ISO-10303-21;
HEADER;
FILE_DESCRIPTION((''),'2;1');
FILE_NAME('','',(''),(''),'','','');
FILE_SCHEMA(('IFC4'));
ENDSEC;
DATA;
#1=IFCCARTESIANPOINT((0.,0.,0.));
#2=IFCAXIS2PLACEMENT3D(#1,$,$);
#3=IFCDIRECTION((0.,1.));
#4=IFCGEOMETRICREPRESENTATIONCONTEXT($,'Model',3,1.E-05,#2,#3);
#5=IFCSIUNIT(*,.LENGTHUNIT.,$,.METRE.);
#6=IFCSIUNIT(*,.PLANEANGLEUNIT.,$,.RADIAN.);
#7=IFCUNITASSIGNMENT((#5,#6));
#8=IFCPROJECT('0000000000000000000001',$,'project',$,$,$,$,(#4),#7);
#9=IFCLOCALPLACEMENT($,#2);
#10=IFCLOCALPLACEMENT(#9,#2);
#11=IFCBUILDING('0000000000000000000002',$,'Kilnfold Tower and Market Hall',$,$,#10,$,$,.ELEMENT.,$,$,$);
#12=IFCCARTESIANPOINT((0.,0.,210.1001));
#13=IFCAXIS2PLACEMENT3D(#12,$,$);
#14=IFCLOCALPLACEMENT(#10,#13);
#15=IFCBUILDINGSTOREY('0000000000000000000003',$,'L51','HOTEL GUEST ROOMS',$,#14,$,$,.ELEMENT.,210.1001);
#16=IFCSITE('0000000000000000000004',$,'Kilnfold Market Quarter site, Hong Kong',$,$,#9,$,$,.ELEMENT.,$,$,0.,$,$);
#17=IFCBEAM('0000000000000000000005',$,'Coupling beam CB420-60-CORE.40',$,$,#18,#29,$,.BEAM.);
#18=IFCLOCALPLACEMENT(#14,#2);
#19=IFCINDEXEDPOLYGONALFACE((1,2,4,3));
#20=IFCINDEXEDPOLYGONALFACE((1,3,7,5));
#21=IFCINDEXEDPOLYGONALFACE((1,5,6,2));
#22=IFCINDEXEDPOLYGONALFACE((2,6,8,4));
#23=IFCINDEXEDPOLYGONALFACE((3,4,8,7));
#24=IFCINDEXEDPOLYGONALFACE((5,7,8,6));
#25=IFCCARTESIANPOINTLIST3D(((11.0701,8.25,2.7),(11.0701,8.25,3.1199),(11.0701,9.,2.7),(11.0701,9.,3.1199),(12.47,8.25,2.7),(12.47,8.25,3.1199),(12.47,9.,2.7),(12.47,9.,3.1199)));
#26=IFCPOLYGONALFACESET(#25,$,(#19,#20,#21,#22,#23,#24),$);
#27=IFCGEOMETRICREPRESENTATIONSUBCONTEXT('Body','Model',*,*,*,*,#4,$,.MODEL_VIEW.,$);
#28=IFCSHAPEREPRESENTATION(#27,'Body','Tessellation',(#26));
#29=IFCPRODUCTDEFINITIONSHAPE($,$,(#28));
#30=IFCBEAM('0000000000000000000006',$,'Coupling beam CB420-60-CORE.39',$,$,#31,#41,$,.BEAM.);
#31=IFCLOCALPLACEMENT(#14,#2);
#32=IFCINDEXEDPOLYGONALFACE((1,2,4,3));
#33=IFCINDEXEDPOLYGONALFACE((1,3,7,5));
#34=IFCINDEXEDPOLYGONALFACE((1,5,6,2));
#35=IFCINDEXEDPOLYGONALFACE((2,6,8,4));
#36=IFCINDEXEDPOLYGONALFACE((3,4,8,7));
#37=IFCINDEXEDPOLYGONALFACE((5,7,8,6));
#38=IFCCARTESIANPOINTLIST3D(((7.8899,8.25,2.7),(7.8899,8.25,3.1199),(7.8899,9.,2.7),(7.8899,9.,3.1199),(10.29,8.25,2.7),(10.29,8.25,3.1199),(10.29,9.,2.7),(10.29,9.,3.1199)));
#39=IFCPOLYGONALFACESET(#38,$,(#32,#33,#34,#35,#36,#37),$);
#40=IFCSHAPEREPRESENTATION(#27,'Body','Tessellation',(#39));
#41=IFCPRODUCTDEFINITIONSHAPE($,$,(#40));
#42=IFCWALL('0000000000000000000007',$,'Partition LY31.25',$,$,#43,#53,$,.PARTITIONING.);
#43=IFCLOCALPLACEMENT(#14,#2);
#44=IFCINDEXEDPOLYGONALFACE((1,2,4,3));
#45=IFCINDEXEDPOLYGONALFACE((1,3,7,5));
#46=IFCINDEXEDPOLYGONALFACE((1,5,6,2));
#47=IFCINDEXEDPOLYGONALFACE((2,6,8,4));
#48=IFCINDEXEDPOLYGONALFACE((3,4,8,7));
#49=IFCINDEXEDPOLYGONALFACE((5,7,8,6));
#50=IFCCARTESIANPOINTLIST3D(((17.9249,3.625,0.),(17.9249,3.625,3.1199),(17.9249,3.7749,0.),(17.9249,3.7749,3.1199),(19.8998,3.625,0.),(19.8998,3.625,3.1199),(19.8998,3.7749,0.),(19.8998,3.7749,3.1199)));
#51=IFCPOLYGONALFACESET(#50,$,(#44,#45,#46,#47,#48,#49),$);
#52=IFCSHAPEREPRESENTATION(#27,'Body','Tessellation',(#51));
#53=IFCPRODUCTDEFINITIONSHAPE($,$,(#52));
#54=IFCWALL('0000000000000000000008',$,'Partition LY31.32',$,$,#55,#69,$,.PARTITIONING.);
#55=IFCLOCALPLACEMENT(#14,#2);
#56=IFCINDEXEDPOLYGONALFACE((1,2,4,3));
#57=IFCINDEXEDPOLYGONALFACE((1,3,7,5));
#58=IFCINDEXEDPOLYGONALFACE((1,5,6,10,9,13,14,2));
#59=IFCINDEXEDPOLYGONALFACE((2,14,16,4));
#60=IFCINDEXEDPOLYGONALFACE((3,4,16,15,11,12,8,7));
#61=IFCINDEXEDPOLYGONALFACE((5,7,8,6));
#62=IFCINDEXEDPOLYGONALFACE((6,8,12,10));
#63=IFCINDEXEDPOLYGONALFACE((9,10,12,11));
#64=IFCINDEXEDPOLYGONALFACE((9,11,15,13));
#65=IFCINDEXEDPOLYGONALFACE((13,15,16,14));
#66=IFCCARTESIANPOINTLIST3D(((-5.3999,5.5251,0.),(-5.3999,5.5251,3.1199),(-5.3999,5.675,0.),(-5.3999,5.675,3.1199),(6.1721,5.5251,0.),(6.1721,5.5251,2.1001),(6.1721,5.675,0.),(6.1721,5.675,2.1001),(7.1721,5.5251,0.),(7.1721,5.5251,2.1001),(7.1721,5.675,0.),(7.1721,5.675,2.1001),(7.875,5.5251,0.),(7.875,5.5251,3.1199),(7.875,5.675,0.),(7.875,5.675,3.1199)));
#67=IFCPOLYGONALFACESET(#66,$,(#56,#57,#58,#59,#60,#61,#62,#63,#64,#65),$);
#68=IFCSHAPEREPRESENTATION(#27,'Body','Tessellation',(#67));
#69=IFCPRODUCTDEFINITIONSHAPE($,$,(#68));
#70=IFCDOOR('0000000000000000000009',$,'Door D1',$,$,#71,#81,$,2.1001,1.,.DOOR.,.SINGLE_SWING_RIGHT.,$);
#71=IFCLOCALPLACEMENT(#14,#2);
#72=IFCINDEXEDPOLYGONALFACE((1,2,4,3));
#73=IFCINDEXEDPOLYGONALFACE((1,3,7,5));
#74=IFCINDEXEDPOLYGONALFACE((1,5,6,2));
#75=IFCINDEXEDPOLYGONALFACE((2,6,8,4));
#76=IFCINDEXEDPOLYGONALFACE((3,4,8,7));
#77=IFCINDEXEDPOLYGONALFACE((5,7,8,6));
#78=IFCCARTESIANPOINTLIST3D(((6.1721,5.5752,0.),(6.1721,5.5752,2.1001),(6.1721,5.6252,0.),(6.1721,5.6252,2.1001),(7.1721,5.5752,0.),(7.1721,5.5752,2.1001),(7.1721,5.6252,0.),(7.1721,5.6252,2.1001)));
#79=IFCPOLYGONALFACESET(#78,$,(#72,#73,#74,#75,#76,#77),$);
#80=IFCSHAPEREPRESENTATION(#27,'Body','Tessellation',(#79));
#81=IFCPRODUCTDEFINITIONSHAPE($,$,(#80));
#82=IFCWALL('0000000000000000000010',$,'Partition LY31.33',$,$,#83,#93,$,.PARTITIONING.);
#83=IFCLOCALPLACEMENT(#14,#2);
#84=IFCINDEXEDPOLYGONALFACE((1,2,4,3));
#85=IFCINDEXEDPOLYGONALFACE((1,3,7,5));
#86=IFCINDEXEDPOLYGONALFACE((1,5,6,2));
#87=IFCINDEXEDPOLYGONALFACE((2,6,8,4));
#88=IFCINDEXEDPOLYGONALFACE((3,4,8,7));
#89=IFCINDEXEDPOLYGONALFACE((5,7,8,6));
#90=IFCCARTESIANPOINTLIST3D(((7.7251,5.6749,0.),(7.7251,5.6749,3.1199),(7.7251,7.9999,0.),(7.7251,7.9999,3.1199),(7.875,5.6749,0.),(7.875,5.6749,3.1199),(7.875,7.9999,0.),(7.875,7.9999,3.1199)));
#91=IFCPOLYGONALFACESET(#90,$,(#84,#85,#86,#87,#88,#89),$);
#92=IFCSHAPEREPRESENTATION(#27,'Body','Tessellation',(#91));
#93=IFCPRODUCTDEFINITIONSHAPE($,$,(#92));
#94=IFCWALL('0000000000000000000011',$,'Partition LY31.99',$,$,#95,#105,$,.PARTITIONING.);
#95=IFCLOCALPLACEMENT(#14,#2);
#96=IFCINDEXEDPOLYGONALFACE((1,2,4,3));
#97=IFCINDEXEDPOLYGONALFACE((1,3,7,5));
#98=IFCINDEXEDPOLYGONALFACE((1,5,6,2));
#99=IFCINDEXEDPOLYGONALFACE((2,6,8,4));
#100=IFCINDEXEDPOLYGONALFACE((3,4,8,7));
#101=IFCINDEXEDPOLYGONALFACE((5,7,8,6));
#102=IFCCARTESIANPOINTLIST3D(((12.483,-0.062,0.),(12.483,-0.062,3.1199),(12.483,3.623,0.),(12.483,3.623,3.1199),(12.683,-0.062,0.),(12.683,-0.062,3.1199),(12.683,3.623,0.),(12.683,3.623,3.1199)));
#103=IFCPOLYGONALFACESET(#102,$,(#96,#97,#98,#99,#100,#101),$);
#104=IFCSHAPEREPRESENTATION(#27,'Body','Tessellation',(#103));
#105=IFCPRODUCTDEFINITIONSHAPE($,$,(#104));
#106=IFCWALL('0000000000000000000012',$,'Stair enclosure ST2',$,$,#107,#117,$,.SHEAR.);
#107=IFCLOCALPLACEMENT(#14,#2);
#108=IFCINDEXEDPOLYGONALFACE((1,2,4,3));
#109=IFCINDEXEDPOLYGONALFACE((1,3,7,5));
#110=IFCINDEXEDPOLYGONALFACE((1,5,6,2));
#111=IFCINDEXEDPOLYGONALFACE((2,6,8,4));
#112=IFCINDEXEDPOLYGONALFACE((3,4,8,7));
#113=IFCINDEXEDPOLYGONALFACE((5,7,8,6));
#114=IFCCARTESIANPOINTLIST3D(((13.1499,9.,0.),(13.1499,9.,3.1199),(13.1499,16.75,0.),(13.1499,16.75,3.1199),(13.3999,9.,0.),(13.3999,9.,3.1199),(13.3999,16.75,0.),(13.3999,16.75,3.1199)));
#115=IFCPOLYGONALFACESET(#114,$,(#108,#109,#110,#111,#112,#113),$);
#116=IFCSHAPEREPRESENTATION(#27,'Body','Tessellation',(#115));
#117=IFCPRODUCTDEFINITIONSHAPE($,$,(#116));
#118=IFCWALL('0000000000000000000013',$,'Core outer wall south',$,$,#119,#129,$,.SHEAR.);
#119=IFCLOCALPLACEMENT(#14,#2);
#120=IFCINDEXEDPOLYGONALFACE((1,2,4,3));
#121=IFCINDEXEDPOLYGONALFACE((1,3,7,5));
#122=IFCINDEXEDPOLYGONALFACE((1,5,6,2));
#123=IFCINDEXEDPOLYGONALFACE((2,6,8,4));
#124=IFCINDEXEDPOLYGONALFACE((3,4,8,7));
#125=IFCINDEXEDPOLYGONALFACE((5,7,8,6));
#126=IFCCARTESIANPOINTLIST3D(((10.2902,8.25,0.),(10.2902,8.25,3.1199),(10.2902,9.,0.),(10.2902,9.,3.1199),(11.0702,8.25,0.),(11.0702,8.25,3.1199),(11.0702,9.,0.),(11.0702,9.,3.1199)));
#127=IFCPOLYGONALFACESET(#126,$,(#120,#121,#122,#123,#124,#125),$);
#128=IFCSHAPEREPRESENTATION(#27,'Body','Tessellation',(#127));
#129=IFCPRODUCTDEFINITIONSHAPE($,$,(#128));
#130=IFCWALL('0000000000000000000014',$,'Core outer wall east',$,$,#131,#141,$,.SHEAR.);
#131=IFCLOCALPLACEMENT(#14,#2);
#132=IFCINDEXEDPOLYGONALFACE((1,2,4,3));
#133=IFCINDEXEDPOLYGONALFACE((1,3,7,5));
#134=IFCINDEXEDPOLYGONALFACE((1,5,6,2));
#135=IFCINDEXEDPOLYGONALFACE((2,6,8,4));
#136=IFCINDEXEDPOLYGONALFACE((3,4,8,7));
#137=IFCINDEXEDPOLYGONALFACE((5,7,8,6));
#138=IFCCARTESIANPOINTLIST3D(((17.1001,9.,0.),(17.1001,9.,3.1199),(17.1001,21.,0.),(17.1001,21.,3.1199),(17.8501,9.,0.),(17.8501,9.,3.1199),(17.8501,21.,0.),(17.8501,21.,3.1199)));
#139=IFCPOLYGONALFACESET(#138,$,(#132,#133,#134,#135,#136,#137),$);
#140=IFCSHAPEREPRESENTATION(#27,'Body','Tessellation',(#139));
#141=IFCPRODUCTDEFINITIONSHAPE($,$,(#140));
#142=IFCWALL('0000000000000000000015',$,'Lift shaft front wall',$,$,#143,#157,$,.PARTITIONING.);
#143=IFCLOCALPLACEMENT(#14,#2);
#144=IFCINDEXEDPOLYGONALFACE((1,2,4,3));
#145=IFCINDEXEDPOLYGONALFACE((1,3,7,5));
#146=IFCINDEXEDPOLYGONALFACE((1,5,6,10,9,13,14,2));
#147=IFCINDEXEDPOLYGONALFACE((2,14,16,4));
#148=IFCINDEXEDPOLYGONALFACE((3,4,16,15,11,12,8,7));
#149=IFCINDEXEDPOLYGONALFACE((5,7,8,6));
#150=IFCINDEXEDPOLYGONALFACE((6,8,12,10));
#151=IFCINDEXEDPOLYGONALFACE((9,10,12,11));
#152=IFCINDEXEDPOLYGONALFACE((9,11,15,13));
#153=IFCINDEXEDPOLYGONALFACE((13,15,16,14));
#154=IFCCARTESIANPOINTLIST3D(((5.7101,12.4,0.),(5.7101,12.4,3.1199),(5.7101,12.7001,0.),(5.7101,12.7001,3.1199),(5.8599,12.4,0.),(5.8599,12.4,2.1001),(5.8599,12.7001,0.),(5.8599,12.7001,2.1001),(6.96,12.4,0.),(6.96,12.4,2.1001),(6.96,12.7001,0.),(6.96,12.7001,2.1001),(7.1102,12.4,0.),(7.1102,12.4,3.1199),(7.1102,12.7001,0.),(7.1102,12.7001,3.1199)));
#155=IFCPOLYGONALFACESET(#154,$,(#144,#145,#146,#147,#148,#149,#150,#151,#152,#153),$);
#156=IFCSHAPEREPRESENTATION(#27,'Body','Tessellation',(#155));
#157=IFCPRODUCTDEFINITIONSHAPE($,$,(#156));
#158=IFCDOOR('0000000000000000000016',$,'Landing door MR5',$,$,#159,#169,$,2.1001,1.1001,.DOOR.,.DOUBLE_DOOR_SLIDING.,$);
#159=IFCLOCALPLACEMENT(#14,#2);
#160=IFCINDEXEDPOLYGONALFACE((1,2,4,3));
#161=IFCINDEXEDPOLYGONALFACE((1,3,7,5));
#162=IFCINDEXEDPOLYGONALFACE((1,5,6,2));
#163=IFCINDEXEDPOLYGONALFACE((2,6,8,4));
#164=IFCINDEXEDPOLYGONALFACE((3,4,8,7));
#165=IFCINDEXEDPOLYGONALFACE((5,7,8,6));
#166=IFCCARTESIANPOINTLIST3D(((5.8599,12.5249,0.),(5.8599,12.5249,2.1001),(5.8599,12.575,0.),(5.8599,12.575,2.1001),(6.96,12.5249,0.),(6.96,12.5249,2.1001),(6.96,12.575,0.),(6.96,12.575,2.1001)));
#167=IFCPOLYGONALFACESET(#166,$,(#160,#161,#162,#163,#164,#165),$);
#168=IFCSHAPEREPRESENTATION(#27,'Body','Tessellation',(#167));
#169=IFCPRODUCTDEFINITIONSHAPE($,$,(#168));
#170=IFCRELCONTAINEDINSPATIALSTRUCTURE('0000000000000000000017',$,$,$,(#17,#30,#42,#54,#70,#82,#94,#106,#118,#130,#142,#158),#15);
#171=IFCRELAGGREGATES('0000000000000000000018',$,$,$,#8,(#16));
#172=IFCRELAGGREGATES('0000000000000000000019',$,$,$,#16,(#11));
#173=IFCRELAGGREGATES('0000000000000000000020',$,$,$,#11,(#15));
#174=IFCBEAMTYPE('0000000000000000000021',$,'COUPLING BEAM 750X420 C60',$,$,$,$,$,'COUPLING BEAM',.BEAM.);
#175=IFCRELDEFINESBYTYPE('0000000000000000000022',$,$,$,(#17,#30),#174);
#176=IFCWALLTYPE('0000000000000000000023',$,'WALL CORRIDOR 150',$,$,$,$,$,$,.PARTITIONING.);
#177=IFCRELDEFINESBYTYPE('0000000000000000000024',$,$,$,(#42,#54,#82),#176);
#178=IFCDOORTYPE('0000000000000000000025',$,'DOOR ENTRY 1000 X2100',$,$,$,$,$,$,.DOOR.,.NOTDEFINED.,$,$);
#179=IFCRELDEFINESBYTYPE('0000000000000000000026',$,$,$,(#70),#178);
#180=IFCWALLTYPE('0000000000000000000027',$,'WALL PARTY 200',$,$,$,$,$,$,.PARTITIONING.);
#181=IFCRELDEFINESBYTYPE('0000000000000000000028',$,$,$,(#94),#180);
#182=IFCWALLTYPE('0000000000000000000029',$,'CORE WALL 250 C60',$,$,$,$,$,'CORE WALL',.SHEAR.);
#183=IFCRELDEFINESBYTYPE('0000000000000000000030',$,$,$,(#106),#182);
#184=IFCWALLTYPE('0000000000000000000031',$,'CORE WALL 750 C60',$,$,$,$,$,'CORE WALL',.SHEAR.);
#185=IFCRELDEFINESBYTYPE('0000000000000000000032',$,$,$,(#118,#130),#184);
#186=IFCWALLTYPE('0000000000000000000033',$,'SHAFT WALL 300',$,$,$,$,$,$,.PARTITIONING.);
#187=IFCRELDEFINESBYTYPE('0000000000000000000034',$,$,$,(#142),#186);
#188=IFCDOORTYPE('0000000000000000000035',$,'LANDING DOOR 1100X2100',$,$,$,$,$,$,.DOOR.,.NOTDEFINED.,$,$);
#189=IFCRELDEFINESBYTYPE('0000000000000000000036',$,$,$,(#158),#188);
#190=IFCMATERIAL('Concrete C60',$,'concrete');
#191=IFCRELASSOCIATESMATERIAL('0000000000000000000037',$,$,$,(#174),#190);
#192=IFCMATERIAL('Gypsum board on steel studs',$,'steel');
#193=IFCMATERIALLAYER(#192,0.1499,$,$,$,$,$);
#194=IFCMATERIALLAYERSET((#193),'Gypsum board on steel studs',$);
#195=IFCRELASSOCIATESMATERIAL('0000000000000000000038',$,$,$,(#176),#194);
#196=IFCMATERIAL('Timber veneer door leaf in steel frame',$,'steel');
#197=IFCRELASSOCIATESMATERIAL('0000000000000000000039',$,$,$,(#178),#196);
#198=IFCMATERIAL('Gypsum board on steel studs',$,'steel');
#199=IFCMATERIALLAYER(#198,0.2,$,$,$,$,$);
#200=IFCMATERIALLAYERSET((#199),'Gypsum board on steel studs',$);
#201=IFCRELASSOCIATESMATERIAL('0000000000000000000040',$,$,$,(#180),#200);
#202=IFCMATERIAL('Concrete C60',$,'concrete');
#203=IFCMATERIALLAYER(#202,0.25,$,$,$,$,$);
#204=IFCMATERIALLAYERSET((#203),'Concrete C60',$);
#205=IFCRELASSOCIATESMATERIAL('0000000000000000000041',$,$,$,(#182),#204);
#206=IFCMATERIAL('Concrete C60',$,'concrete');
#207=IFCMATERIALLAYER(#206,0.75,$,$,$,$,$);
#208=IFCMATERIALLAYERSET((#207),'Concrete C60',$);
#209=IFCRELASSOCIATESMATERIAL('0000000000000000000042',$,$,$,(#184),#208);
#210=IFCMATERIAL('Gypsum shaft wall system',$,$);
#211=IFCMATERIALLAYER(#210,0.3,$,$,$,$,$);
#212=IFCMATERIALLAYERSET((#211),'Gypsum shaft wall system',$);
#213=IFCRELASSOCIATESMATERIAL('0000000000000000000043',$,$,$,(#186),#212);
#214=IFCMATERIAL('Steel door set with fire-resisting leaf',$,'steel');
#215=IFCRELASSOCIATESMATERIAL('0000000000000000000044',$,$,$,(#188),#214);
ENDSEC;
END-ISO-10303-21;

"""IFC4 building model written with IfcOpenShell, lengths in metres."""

from ifc_helpers import new_model, si_unit, direction, frame, frame_2d, origin, origin_2d, place, context, subcontext, project, spatial, rectangle, extrude, source, transform, mapped, material, layer, layer_set, material_profile, profile_set, type_object, element, fill, save


model = new_model("IFC4")

# Units and contexts
model_context = context("Model", 3, precision=1e-05, world=origin(), true_north=direction((0.0, 1.0)))
body_context = subcontext(model_context, "Body", "Model", "MODEL_VIEW")
ifc_project = project(units=[si_unit("LENGTHUNIT", "METRE"), si_unit("PLANEANGLEUNIT", "RADIAN")], contexts=[model_context])

# Site, building, storey
site_placement = place(None, origin())
site = spatial("IfcSite", under=ifc_project, at=site_placement, Name="Kilnfold Market Quarter site, Hong Kong", CompositionType="ELEMENT", RefElevation=0.0)
building_placement = place(site_placement, origin())
building = spatial("IfcBuilding", under=site, at=building_placement, Name="Kilnfold Tower and Market Hall", CompositionType="ELEMENT")
storey_placement = place(building_placement, frame((0.0, 0.0, 210.1001)))
storey = spatial("IfcBuildingStorey", under=building, at=storey_placement, Name="L51", Description="HOTEL GUEST ROOMS", CompositionType="ELEMENT", Elevation=210.1001)

# Beams
ifc_material_1 = material(Name="Concrete C60", Category="concrete")
ifc_material_profile = material_profile(ifc_material_1, rectangle(XDim=0.75, YDim=0.4199, at=origin_2d()), Name="RC 750x420")
ifc_profile_set = profile_set([ifc_material_profile], Name="Concrete C60")
beam_type = type_object("IfcBeamType", Name="COUPLING BEAM 750X420 C60", ElementType="COUPLING BEAM", PredefinedType="BEAM", material=ifc_profile_set)
shared_shape_1 = source(origin(), body_context, "Body", "SweptSolid", [
    extrude(rectangle(XDim=0.75, YDim=0.4199, at=origin_2d()), origin(), (0.0, 0.0, 1.0), 1.3999),
])
beam_1_placement = place(storey_placement, frame((11.0701, 8.625, 2.9099), z_axis=(1.0, 0.0, 0.0), x_axis=(0.0, 1.0, 0.0)))
element("IfcBeam", 1, at=beam_1_placement, inside=storey, type_object=beam_type, Name="Coupling beam CB420-60-CORE.40", PredefinedType="BEAM", context=body_context, shape_type="MappedRepresentation", body=[
    mapped(shared_shape_1, transform((0.0, 0.0, 0.0))),
])
shared_shape_2 = source(origin(), body_context, "Body", "SweptSolid", [
    extrude(rectangle(XDim=0.75, YDim=0.4199, at=origin_2d()), origin(), (0.0, 0.0, 1.0), 2.4001),
])
beam_2_placement = place(storey_placement, frame((7.8899, 8.625, 2.9099), z_axis=(1.0, 0.0, 0.0), x_axis=(0.0, 1.0, 0.0)))
element("IfcBeam", 2, at=beam_2_placement, inside=storey, type_object=beam_type, Name="Coupling beam CB420-60-CORE.39", PredefinedType="BEAM", context=body_context, shape_type="MappedRepresentation", body=[
    mapped(shared_shape_2, transform((0.0, 0.0, 0.0))),
])

# Wall
ifc_material_2 = material(Name="Gypsum board on steel studs", Category="steel")
ifc_layer_1 = layer(ifc_material_2, 0.1499)
ifc_layer_set_1 = layer_set([ifc_layer_1], Name="Gypsum board on steel studs")
wall_type_1 = type_object("IfcWallType", Name="WALL CORRIDOR 150", PredefinedType="PARTITIONING", material=ifc_layer_set_1)
wall_1_placement = place(storey_placement, frame((17.925, 3.7, 0.0), z_axis=(0.0, 0.0, 1.0), x_axis=(1.0, 0.0, 0.0)))
element("IfcWall", 3, at=wall_1_placement, inside=storey, type_object=wall_type_1, Name="Partition LY31.25", PredefinedType="PARTITIONING", context=body_context, shape_type="SweptSolid", body=[
    extrude(rectangle(XDim=1.9749, YDim=0.1499, at=frame_2d((0.9873, 0.0))), origin(), (0.0, 0.0, 1.0), 3.1199),
])

# Wall, opening, door
wall_2_placement = place(storey_placement, frame((7.875, 5.6001, 0.0), z_axis=(0.0, 0.0, 1.0), x_axis=(-1.0, 0.0, 0.0)))
wall_2 = element("IfcWall", 4, at=wall_2_placement, inside=storey, type_object=wall_type_1, Name="Partition LY31.32", PredefinedType="PARTITIONING", context=body_context, shape_type="SweptSolid", body=[
    extrude(rectangle(XDim=13.2749, YDim=0.1499, at=frame_2d((6.6375, 0.0))), origin(), (0.0, 0.0, 1.0), 3.1199),
])
opening_1_placement = place(wall_2_placement, frame((0.7029, 0.0, 0.0)))
opening_1 = element("IfcOpeningElement", 5, at=opening_1_placement, cuts=wall_2, PredefinedType="OPENING", context=body_context, shape_type="SweptSolid", body=[
    extrude(rectangle(XDim=1.0, YDim=2.1001, at=frame_2d((0.5, 1.05))), frame((0.0, 0.085, 0.0), z_axis=(0.0, -1.0, 0.0), x_axis=(1.0, 0.0, 0.0)), (0.0, 0.0, 1.0), 0.1699),
])
ifc_material_3 = material(Name="Timber veneer door leaf in steel frame", Category="steel")
door_type_1 = type_object("IfcDoorType", Name="DOOR ENTRY 1000 X2100", OperationType="NOTDEFINED", PredefinedType="DOOR", material=ifc_material_3)
door_1_placement = place(opening_1_placement, origin())
door_1 = element("IfcDoor", 6, at=door_1_placement, inside=storey, type_object=door_type_1, Name="Door D1", OperationType="SINGLE_SWING_RIGHT", OverallHeight=2.1001, OverallWidth=1.0, PredefinedType="DOOR", context=body_context, shape_type="SweptSolid", body=[
    extrude(rectangle(XDim=1.0, YDim=2.1001, at=frame_2d((0.5, 1.05))), frame((0.0, 0.0249, 0.0), z_axis=(0.0, -1.0, 0.0), x_axis=(1.0, 0.0, 0.0)), (0.0, 0.0, 1.0), 0.05),
])
fill(opening_1, door_1)

# Walls
wall_3_placement = place(storey_placement, frame((7.8, 8.0, 0.0), z_axis=(0.0, 0.0, 1.0), x_axis=(0.0, -1.0, 0.0)))
element("IfcWall", 7, at=wall_3_placement, inside=storey, type_object=wall_type_1, Name="Partition LY31.33", PredefinedType="PARTITIONING", context=body_context, shape_type="SweptSolid", body=[
    extrude(rectangle(XDim=2.325, YDim=0.1499, at=frame_2d((1.1626, 0.0))), origin(), (0.0, 0.0, 1.0), 3.1199),
])
ifc_material_4 = material(Name="Gypsum board on steel studs", Category="steel")
ifc_layer_2 = layer(ifc_material_4, 0.2)
ifc_layer_set_2 = layer_set([ifc_layer_2], Name="Gypsum board on steel studs")
wall_type_2 = type_object("IfcWallType", Name="WALL PARTY 200", PredefinedType="PARTITIONING", material=ifc_layer_set_2)
wall_4_placement = place(storey_placement, frame((12.583, -0.062, 0.0), z_axis=(0.0, 0.0, 1.0), x_axis=(0.0, 1.0, 0.0)))
element("IfcWall", 8, at=wall_4_placement, inside=storey, type_object=wall_type_2, Name="Partition LY31.99", PredefinedType="PARTITIONING", context=body_context, shape_type="SweptSolid", body=[
    extrude(rectangle(XDim=3.6851, YDim=0.2, at=frame_2d((1.8425, 0.0))), origin(), (0.0, 0.0, 1.0), 3.1199),
])
ifc_material_5 = material(Name="Concrete C60", Category="concrete")
ifc_layer_3 = layer(ifc_material_5, 0.25)
ifc_layer_set_3 = layer_set([ifc_layer_3], Name="Concrete C60")
wall_type_3 = type_object("IfcWallType", Name="CORE WALL 250 C60", ElementType="CORE WALL", PredefinedType="SHEAR", material=ifc_layer_set_3)
shared_shape_3 = source(origin(), body_context, "Body", "SweptSolid", [
    extrude(rectangle(XDim=7.75, YDim=0.25, at=frame_2d((3.875, 0.0))), origin(), (0.0, 0.0, 1.0), 3.1199),
])
wall_5_placement = place(storey_placement, frame((13.2749, 9.0, 0.0), z_axis=(0.0, 0.0, 1.0), x_axis=(0.0, 1.0, 0.0)))
element("IfcWall", 9, at=wall_5_placement, inside=storey, type_object=wall_type_3, Name="Stair enclosure ST2", PredefinedType="SHEAR", context=body_context, shape_type="MappedRepresentation", body=[
    mapped(shared_shape_3, transform((0.0, 0.0, 0.0))),
])
ifc_material_6 = material(Name="Concrete C60", Category="concrete")
ifc_layer_4 = layer(ifc_material_6, 0.75)
ifc_layer_set_4 = layer_set([ifc_layer_4], Name="Concrete C60")
wall_type_4 = type_object("IfcWallType", Name="CORE WALL 750 C60", ElementType="CORE WALL", PredefinedType="SHEAR", material=ifc_layer_set_4)
shared_shape_4 = source(origin(), body_context, "Body", "SweptSolid", [
    extrude(rectangle(XDim=0.78, YDim=0.75, at=frame_2d((0.3901, 0.0))), origin(), (0.0, 0.0, 1.0), 3.1199),
])
wall_6_placement = place(storey_placement, frame((10.29, 8.625, 0.0), z_axis=(0.0, 0.0, 1.0), x_axis=(1.0, 0.0, 0.0)))
element("IfcWall", 10, at=wall_6_placement, inside=storey, type_object=wall_type_4, Name="Core outer wall south", PredefinedType="SHEAR", context=body_context, shape_type="MappedRepresentation", body=[
    mapped(shared_shape_4, transform((0.0, 0.0, 0.0))),
])

# Wall
shared_shape_5 = source(origin(), body_context, "Body", "SweptSolid", [
    extrude(rectangle(XDim=12.0, YDim=0.75, at=frame_2d((6.0, 0.0))), origin(), (0.0, 0.0, 1.0), 3.1199),
])
wall_7_placement = place(storey_placement, frame((17.4751, 9.0, 0.0), z_axis=(0.0, 0.0, 1.0), x_axis=(0.0, 1.0, 0.0)))
element("IfcWall", 11, at=wall_7_placement, inside=storey, type_object=wall_type_4, Name="Core outer wall east", PredefinedType="SHEAR", context=body_context, shape_type="MappedRepresentation", body=[
    mapped(shared_shape_5, transform((0.0, 0.0, 0.0))),
])

# Wall, opening, door
ifc_material_7 = material(Name="Gypsum shaft wall system")
ifc_layer_5 = layer(ifc_material_7, 0.3)
ifc_layer_set_5 = layer_set([ifc_layer_5], Name="Gypsum shaft wall system")
wall_type_5 = type_object("IfcWallType", Name="SHAFT WALL 300", PredefinedType="PARTITIONING", material=ifc_layer_set_5)
shared_shape_6 = source(origin(), body_context, "Body", "SweptSolid", [
    extrude(rectangle(XDim=1.4001, YDim=0.3, at=frame_2d((0.7002, 0.0))), origin(), (0.0, 0.0, 1.0), 3.1199),
])
wall_8_placement = place(storey_placement, frame((5.71, 12.55, 0.0), z_axis=(0.0, 0.0, 1.0), x_axis=(1.0, 0.0, 0.0)))
wall_8 = element("IfcWall", 12, at=wall_8_placement, inside=storey, type_object=wall_type_5, Name="Lift shaft front wall", PredefinedType="PARTITIONING", context=body_context, shape_type="MappedRepresentation", body=[
    mapped(shared_shape_6, transform((0.0, 0.0, 0.0))),
])
opening_2_placement = place(wall_8_placement, frame((0.1499, 0.0, 0.0)))
opening_2 = element("IfcOpeningElement", 13, at=opening_2_placement, cuts=wall_8, PredefinedType="OPENING", context=body_context, shape_type="SweptSolid", body=[
    extrude(rectangle(XDim=1.1001, YDim=2.1001, at=frame_2d((0.55, 1.05))), frame((0.0, 0.1602, 0.0), z_axis=(0.0, -1.0, 0.0), x_axis=(1.0, 0.0, 0.0)), (0.0, 0.0, 1.0), 0.3201),
])
ifc_material_8 = material(Name="Steel door set with fire-resisting leaf", Category="steel")
door_type_2 = type_object("IfcDoorType", Name="LANDING DOOR 1100X2100", OperationType="NOTDEFINED", PredefinedType="DOOR", material=ifc_material_8)
door_2_placement = place(opening_2_placement, origin())
door_2 = element("IfcDoor", 14, at=door_2_placement, inside=storey, type_object=door_type_2, Name="Landing door MR5", OperationType="DOUBLE_DOOR_SLIDING", OverallHeight=2.1001, OverallWidth=1.1001, PredefinedType="DOOR", context=body_context, shape_type="SweptSolid", body=[
    extrude(rectangle(XDim=1.1001, YDim=2.1001, at=frame_2d((0.55, 1.05))), frame((0.0, 0.0249, 0.0), z_axis=(0.0, -1.0, 0.0), x_axis=(1.0, 0.0, 0.0)), (0.0, 0.0, 1.0), 0.05),
])
fill(opening_2, door_2)

save(model, "model.ifc")
